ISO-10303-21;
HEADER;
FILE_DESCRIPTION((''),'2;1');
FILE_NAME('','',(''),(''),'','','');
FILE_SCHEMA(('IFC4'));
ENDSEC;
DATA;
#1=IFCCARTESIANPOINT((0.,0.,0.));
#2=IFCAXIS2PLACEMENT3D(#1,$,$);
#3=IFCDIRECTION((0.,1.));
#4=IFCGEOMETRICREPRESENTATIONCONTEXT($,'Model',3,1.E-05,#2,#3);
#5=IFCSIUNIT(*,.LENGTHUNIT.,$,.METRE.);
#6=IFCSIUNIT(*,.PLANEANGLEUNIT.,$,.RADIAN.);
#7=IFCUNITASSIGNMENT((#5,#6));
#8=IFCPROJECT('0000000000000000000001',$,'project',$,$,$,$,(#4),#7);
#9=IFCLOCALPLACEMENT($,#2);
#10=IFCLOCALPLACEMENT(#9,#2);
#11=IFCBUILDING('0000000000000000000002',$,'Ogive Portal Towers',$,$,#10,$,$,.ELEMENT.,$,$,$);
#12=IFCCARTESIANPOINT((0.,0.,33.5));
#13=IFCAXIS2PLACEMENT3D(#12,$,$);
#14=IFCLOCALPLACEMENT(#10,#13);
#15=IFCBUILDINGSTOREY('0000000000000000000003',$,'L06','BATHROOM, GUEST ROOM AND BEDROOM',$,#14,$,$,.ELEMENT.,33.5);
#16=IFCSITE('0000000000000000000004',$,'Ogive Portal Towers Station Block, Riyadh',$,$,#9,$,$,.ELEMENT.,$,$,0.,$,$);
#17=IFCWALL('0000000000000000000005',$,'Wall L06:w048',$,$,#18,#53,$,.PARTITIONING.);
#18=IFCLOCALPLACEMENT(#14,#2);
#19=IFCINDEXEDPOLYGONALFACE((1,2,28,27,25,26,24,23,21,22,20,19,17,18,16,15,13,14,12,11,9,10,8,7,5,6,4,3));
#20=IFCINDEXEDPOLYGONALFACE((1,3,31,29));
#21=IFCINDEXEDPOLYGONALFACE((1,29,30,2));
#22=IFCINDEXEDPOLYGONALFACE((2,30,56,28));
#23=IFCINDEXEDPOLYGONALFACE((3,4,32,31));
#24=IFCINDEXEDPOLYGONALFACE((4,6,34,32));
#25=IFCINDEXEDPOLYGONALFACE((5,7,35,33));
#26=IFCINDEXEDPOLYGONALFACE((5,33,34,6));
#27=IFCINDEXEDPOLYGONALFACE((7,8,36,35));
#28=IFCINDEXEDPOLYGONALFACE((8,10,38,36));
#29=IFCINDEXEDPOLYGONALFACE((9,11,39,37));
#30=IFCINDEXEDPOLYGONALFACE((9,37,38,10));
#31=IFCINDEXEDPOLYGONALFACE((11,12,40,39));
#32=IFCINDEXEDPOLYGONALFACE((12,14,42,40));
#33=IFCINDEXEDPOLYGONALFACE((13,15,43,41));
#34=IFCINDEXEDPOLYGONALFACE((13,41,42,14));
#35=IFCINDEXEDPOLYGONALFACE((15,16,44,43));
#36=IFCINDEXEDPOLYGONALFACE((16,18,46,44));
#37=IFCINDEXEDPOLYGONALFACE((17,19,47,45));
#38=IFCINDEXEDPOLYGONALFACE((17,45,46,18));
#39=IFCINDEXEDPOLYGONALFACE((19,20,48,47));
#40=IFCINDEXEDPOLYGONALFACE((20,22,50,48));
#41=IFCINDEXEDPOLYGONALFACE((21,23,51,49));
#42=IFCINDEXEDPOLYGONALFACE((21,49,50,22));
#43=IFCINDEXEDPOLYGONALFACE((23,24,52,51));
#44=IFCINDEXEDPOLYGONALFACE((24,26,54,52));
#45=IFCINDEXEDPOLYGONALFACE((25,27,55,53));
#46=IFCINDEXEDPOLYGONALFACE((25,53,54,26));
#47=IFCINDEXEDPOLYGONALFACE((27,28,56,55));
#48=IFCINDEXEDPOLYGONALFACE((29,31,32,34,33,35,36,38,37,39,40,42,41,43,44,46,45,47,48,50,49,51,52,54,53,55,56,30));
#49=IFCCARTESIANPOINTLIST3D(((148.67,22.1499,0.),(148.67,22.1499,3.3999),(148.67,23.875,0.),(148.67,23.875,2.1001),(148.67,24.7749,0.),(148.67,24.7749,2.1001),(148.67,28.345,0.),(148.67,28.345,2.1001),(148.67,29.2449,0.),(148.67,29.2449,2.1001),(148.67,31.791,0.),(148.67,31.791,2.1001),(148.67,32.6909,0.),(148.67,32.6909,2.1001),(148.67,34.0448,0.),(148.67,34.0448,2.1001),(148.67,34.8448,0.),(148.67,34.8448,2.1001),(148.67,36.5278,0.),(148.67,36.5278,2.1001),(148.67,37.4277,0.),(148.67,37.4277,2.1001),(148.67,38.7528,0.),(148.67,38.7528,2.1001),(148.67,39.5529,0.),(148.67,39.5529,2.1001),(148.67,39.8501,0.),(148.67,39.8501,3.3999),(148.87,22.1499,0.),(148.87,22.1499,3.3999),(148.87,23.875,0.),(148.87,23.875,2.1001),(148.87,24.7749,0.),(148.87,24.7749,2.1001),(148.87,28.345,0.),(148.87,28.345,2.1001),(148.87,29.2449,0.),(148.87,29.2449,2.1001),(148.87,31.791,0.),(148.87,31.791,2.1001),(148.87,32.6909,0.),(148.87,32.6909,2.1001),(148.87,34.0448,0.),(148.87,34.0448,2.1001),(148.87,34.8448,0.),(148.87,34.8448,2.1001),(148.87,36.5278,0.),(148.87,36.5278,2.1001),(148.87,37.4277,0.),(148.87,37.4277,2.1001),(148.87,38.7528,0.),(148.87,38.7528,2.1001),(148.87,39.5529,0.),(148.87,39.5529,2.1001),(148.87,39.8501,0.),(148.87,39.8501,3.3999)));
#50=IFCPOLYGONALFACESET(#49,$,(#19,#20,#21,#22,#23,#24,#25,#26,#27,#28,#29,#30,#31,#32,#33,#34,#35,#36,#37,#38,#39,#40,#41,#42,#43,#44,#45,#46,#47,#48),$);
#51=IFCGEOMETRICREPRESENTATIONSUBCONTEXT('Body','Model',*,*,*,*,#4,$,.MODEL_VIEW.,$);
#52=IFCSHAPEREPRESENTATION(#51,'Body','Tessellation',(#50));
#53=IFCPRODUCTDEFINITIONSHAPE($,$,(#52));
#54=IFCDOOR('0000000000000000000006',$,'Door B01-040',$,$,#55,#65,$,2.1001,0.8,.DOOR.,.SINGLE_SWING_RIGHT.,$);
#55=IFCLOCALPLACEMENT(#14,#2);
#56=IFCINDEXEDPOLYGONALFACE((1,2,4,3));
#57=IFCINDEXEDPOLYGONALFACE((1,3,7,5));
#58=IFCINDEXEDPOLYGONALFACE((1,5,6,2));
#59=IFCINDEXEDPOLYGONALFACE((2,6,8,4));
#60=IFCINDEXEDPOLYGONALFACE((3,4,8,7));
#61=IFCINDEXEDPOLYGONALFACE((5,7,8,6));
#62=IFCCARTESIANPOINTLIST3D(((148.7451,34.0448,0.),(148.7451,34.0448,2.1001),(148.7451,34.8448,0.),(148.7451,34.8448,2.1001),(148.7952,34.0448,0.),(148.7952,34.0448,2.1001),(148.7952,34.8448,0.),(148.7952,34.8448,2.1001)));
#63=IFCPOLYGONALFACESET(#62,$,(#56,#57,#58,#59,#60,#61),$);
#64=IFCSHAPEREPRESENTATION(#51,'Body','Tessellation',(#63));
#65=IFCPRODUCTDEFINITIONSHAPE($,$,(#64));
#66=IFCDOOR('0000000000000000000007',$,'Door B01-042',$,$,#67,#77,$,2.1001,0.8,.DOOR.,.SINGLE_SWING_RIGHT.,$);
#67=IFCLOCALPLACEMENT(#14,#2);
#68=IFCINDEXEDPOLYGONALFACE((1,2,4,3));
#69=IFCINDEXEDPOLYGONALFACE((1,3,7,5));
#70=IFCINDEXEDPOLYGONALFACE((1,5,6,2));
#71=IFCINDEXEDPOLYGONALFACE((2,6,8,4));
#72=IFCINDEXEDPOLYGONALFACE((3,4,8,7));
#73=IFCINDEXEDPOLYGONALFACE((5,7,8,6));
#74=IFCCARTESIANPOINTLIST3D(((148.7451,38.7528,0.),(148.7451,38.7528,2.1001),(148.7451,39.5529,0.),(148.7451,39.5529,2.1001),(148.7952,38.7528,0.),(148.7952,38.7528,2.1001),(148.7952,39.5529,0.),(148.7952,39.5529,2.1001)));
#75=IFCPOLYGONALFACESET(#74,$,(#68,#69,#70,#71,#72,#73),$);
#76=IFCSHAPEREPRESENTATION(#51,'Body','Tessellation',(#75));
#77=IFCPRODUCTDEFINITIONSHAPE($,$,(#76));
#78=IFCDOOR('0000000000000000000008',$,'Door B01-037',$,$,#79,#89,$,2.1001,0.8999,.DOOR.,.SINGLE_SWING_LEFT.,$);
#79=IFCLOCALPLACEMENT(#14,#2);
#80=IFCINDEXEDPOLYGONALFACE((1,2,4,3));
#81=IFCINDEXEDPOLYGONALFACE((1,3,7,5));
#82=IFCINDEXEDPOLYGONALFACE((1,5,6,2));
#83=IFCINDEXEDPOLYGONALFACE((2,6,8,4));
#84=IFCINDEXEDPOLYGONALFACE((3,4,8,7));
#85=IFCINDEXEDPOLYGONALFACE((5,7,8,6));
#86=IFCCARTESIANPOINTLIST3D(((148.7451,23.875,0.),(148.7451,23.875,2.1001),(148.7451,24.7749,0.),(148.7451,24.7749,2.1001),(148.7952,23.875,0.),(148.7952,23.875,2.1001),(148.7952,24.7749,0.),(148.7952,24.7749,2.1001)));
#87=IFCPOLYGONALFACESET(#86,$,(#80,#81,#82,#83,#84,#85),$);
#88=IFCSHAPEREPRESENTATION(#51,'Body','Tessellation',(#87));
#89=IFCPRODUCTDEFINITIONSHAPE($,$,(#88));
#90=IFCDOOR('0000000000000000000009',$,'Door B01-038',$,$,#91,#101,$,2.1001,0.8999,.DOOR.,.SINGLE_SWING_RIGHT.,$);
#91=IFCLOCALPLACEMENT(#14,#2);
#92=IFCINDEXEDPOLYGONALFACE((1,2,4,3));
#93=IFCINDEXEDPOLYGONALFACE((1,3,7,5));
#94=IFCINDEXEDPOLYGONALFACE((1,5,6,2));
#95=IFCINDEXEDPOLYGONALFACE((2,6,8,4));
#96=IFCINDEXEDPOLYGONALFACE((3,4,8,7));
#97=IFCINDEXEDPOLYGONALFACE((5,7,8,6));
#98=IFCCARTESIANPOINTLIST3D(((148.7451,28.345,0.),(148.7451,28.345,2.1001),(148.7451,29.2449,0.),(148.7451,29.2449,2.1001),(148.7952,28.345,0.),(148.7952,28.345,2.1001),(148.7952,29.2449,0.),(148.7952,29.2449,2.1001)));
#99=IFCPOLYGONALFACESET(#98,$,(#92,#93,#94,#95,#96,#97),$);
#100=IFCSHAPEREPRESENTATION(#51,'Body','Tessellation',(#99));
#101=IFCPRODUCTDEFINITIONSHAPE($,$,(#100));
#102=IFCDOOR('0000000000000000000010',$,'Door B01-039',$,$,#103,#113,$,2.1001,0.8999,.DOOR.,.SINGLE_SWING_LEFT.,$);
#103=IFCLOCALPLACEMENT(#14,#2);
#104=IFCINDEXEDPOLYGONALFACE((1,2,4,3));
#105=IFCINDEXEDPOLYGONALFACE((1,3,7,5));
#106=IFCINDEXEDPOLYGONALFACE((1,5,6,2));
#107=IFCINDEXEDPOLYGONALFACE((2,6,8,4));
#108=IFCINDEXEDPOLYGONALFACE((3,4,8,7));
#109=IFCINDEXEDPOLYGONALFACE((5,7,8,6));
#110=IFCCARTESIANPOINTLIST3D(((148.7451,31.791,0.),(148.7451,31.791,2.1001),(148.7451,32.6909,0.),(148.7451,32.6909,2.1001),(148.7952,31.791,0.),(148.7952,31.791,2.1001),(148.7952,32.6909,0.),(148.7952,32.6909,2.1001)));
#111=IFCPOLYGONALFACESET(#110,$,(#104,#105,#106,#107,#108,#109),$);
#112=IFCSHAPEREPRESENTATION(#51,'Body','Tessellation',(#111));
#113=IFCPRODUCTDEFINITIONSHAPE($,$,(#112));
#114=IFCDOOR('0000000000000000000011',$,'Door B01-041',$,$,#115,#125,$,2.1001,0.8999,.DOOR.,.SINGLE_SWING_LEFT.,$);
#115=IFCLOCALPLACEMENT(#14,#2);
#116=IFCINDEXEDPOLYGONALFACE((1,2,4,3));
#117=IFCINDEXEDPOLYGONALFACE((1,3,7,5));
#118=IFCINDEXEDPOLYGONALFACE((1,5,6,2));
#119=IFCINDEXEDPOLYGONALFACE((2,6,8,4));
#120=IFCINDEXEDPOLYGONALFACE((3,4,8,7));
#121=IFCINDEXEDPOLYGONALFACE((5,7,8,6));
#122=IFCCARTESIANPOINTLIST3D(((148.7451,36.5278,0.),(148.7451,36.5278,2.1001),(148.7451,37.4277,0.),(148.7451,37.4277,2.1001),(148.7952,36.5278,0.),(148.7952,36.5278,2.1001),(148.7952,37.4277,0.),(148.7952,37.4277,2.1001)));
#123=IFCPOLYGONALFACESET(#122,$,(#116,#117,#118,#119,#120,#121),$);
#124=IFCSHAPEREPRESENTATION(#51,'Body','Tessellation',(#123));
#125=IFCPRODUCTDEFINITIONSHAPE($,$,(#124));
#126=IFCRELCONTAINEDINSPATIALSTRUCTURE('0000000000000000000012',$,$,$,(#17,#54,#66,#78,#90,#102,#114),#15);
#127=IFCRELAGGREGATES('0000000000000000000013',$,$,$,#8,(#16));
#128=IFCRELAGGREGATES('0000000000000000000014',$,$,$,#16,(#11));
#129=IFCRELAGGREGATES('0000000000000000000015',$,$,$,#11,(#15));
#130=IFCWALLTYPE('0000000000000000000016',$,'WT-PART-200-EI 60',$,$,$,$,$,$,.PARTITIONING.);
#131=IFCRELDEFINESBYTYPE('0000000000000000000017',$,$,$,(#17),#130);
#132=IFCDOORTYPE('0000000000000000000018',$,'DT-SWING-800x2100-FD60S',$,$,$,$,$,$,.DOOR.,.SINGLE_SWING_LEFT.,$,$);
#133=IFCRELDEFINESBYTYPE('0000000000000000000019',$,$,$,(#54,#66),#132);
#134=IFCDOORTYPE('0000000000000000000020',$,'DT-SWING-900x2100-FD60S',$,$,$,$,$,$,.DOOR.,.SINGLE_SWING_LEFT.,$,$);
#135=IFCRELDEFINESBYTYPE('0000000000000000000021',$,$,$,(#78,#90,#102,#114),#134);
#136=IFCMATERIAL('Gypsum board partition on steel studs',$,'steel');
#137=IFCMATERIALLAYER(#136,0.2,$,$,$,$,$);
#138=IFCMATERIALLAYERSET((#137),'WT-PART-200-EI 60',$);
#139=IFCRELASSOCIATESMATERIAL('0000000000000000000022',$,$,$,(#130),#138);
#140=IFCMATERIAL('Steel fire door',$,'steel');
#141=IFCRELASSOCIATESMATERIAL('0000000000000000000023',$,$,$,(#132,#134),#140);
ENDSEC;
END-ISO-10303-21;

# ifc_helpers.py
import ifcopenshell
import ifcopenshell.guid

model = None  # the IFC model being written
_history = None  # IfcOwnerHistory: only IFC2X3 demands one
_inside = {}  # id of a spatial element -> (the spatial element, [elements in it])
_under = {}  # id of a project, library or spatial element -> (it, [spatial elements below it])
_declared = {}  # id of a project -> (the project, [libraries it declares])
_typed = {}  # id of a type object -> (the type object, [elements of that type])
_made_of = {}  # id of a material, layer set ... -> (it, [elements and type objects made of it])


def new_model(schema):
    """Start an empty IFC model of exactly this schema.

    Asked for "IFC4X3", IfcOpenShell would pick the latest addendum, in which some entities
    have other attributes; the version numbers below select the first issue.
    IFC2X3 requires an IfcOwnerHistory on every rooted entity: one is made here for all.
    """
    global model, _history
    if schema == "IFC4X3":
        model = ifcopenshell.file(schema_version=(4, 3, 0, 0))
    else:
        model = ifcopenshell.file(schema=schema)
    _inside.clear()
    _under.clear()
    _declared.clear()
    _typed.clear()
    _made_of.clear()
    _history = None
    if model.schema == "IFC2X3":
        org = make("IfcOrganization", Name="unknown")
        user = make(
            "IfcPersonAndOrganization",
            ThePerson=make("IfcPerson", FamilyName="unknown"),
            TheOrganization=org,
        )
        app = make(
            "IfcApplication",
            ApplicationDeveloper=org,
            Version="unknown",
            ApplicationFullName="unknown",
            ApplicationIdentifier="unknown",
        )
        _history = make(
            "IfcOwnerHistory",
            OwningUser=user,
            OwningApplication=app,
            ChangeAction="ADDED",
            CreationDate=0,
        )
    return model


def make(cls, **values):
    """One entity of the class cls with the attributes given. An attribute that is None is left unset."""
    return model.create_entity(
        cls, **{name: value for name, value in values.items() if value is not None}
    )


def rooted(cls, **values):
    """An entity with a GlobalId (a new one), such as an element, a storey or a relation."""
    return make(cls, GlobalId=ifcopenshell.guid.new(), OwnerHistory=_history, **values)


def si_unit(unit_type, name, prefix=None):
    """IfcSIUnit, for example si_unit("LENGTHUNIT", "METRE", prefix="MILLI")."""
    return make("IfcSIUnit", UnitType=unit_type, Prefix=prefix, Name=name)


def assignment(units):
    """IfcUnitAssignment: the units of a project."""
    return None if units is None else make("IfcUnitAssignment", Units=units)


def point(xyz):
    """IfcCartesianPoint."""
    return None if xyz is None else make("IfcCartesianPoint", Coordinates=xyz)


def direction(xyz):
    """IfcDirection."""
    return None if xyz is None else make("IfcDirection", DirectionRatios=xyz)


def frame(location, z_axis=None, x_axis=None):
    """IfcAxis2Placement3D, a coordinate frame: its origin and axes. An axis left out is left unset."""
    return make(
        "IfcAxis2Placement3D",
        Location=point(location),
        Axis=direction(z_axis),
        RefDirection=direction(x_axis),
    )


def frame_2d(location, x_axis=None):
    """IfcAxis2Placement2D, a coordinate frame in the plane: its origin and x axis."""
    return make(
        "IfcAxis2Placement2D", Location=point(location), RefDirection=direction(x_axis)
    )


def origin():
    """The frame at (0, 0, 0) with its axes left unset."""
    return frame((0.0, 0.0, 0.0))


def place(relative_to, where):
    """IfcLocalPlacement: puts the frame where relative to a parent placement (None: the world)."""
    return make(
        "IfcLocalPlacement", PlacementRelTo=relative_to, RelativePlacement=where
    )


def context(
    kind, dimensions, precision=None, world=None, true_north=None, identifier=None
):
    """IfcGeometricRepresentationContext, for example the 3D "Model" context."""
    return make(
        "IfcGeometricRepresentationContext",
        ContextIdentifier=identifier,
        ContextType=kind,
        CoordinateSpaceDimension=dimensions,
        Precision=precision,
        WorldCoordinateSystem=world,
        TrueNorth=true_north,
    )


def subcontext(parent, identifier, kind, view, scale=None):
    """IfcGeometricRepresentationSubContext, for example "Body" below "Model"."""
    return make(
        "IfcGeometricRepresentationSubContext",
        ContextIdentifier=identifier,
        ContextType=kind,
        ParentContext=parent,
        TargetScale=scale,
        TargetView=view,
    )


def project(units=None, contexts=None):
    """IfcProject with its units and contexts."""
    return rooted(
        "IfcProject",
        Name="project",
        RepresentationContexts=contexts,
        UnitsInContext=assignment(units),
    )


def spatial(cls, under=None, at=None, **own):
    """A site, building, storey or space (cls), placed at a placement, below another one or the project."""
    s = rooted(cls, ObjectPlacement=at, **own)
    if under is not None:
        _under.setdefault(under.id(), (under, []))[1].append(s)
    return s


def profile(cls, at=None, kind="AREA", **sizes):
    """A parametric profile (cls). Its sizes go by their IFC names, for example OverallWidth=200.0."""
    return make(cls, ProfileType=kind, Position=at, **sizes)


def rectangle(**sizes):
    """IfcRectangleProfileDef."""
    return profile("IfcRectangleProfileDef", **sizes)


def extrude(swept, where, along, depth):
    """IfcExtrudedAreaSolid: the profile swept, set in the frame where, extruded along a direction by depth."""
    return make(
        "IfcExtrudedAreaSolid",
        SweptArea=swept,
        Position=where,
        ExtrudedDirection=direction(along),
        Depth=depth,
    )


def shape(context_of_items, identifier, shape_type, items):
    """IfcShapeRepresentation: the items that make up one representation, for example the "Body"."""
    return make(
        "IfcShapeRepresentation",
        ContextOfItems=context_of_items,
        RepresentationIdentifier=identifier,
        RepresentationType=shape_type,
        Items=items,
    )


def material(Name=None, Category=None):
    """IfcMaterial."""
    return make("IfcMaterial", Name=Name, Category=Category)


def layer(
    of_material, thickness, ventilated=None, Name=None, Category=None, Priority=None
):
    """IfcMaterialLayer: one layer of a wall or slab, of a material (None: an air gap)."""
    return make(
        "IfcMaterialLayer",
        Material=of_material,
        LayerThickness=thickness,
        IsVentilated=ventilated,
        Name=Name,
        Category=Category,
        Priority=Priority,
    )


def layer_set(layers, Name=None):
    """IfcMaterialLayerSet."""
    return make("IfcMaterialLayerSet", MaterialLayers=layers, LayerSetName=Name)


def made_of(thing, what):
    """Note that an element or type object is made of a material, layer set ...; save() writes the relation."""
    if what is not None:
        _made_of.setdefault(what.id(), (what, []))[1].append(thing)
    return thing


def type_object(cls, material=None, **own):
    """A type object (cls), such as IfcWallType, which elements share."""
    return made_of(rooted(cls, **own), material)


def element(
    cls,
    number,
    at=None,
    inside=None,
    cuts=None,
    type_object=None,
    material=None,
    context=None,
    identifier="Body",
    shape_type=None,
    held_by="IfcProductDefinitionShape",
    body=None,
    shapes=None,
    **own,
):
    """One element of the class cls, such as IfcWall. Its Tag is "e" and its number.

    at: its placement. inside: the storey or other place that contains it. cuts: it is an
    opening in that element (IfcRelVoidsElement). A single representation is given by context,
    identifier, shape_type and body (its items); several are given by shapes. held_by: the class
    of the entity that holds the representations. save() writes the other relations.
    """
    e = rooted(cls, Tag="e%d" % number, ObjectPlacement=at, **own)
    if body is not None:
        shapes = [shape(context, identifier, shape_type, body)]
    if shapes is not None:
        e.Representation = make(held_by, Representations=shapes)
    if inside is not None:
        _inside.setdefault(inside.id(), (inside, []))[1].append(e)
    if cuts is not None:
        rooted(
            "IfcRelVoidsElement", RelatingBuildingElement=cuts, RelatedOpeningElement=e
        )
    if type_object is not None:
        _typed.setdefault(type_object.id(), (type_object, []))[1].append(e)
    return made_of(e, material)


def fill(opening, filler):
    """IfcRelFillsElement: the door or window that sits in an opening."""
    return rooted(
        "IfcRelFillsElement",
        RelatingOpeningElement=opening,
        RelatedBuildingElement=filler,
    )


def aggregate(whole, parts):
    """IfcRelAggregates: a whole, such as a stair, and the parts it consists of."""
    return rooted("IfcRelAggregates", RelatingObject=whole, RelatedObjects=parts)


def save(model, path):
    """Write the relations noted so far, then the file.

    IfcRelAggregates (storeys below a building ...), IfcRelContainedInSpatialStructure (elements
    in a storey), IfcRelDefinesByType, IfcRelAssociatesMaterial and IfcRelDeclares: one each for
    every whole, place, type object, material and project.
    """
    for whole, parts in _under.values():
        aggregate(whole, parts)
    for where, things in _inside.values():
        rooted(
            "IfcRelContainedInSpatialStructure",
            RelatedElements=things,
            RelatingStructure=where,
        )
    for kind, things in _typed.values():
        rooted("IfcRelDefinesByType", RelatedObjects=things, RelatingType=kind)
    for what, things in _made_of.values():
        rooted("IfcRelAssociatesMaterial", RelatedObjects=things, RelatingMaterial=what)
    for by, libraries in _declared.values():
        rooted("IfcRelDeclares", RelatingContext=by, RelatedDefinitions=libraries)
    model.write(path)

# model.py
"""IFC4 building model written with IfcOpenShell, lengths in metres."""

from ifc_helpers import new_model, si_unit, direction, frame, frame_2d, origin, place, context, subcontext, project, spatial, rectangle, extrude, material, layer, layer_set, type_object, element, fill, save


model = new_model("IFC4")

# Units and contexts
model_context = context("Model", 3, precision=1e-05, world=origin(), true_north=direction((0.0, 1.0)))
body_context = subcontext(model_context, "Body", "Model", "MODEL_VIEW")
ifc_project = project(units=[si_unit("LENGTHUNIT", "METRE"), si_unit("PLANEANGLEUNIT", "RADIAN")], contexts=[model_context])

# Site, building, storey
site_placement = place(None, origin())
site = spatial("IfcSite", under=ifc_project, at=site_placement, Name="Ogive Portal Towers Station Block, Riyadh", CompositionType="ELEMENT", RefElevation=0.0)
building_placement = place(site_placement, origin())
building = spatial("IfcBuilding", under=site, at=building_placement, Name="Ogive Portal Towers", CompositionType="ELEMENT")
storey_placement = place(building_placement, frame((0.0, 0.0, 33.5)))
storey = spatial("IfcBuildingStorey", under=building, at=storey_placement, Name="L06", Description="BATHROOM, GUEST ROOM AND BEDROOM", CompositionType="ELEMENT", Elevation=33.5)

# Shared definitions
ifc_material_1 = material(Name="Gypsum board partition on steel studs", Category="steel")
ifc_layer_1 = layer(ifc_material_1, 0.2)
ifc_layer_set_1 = layer_set([ifc_layer_1], Name="WT-PART-200-EI 60")
wall_type_1 = type_object("IfcWallType", Name="WT-PART-200-EI 60", PredefinedType="PARTITIONING", material=ifc_layer_set_1)

# Shared definitions
ifc_material_2 = material(Name="Steel fire door", Category="steel")

# Wall, openings, doors
wall_1_placement = place(storey_placement, frame((148.77, 22.1499, 0.0), z_axis=(0.0, 0.0, 1.0), x_axis=(0.0, 1.0, 0.0)))
wall_1 = element("IfcWall", 1, at=wall_1_placement, inside=storey, type_object=wall_type_1, Name="Wall L06:w048", PredefinedType="PARTITIONING", context=body_context, shape_type="SweptSolid", body=[
    extrude(rectangle(XDim=17.7002, YDim=0.2, at=frame_2d((8.8501, 0.0))), origin(), (0.0, 0.0, 1.0), 3.3999),
])
opening_1_placement = place(wall_1_placement, frame((1.7251, 0.0, 0.0)))
opening_1 = element("IfcOpeningElement", 2, at=opening_1_placement, cuts=wall_1, PredefinedType="OPENING", context=body_context, shape_type="SweptSolid", body=[
    extrude(rectangle(XDim=0.8999, YDim=2.1001, at=frame_2d((0.45, 1.05))), frame((0.0, 0.1099, 0.0), z_axis=(0.0, -1.0, 0.0), x_axis=(1.0, 0.0, 0.0)), (0.0, 0.0, 1.0), 0.22),
])
opening_2_placement = place(wall_1_placement, frame((6.1951, 0.0, 0.0)))
opening_2 = element("IfcOpeningElement", 3, at=opening_2_placement, cuts=wall_1, PredefinedType="OPENING", context=body_context, shape_type="SweptSolid", body=[
    extrude(rectangle(XDim=0.8999, YDim=2.1001, at=frame_2d((0.45, 1.05))), frame((0.0, 0.1099, 0.0), z_axis=(0.0, -1.0, 0.0), x_axis=(1.0, 0.0, 0.0)), (0.0, 0.0, 1.0), 0.22),
])
opening_3_placement = place(wall_1_placement, frame((9.6411, 0.0, 0.0)))
opening_3 = element("IfcOpeningElement", 4, at=opening_3_placement, cuts=wall_1, PredefinedType="OPENING", context=body_context, shape_type="SweptSolid", body=[
    extrude(rectangle(XDim=0.8999, YDim=2.1001, at=frame_2d((0.45, 1.05))), frame((0.0, 0.1099, 0.0), z_axis=(0.0, -1.0, 0.0), x_axis=(1.0, 0.0, 0.0)), (0.0, 0.0, 1.0), 0.22),
])
opening_4_placement = place(wall_1_placement, frame((11.895, 0.0, 0.0)))
opening_4 = element("IfcOpeningElement", 5, at=opening_4_placement, cuts=wall_1, PredefinedType="OPENING", context=body_context, shape_type="SweptSolid", body=[
    extrude(rectangle(XDim=0.8, YDim=2.1001, at=frame_2d((0.3999, 1.05))), frame((0.0, 0.1099, 0.0), z_axis=(0.0, -1.0, 0.0), x_axis=(1.0, 0.0, 0.0)), (0.0, 0.0, 1.0), 0.22),
])
opening_5_placement = place(wall_1_placement, frame((14.3779, 0.0, 0.0)))
opening_5 = element("IfcOpeningElement", 6, at=opening_5_placement, cuts=wall_1, PredefinedType="OPENING", context=body_context, shape_type="SweptSolid", body=[
    extrude(rectangle(XDim=0.8999, YDim=2.1001, at=frame_2d((0.45, 1.05))), frame((0.0, 0.1099, 0.0), z_axis=(0.0, -1.0, 0.0), x_axis=(1.0, 0.0, 0.0)), (0.0, 0.0, 1.0), 0.22),
])
opening_6_placement = place(wall_1_placement, frame((16.603, 0.0, 0.0)))
opening_6 = element("IfcOpeningElement", 7, at=opening_6_placement, cuts=wall_1, PredefinedType="OPENING", context=body_context, shape_type="SweptSolid", body=[
    extrude(rectangle(XDim=0.8, YDim=2.1001, at=frame_2d((0.3999, 1.05))), frame((0.0, 0.1099, 0.0), z_axis=(0.0, -1.0, 0.0), x_axis=(1.0, 0.0, 0.0)), (0.0, 0.0, 1.0), 0.22),
])
door_type_1 = type_object("IfcDoorType", Name="DT-SWING-800x2100-FD60S", OperationType="SINGLE_SWING_LEFT", PredefinedType="DOOR", material=ifc_material_2)
door_1_placement = place(opening_4_placement, origin())
door_1 = element("IfcDoor", 8, at=door_1_placement, inside=storey, type_object=door_type_1, Name="Door B01-040", OperationType="SINGLE_SWING_RIGHT", OverallHeight=2.1001, OverallWidth=0.8, PredefinedType="DOOR", context=body_context, shape_type="SweptSolid", body=[
    extrude(rectangle(XDim=0.8, YDim=2.1001, at=frame_2d((0.3999, 1.05))), frame((0.0, 0.0249, 0.0), z_axis=(0.0, -1.0, 0.0), x_axis=(1.0, 0.0, 0.0)), (0.0, 0.0, 1.0), 0.05),
])
fill(opening_4, door_1)
door_2_placement = place(opening_6_placement, origin())
door_2 = element("IfcDoor", 9, at=door_2_placement, inside=storey, type_object=door_type_1, Name="Door B01-042", OperationType="SINGLE_SWING_RIGHT", OverallHeight=2.1001, OverallWidth=0.8, PredefinedType="DOOR", context=body_context, shape_type="SweptSolid", body=[
    extrude(rectangle(XDim=0.8, YDim=2.1001, at=frame_2d((0.3999, 1.05))), frame((0.0, 0.0249, 0.0), z_axis=(0.0, -1.0, 0.0), x_axis=(1.0, 0.0, 0.0)), (0.0, 0.0, 1.0), 0.05),
])
fill(opening_6, door_2)
door_type_2 = type_object("IfcDoorType", Name="DT-SWING-900x2100-FD60S", OperationType="SINGLE_SWING_LEFT", PredefinedType="DOOR", material=ifc_material_2)
door_3_placement = place(opening_1_placement, origin())
door_3 = element("IfcDoor", 10, at=door_3_placement, inside=storey, type_object=door_type_2, Name="Door B01-037", OperationType="SINGLE_SWING_LEFT", OverallHeight=2.1001, OverallWidth=0.8999, PredefinedType="DOOR", context=body_context, shape_type="SweptSolid", body=[
    extrude(rectangle(XDim=0.8999, YDim=2.1001, at=frame_2d((0.45, 1.05))), frame((0.0, 0.0249, 0.0), z_axis=(0.0, -1.0, 0.0), x_axis=(1.0, 0.0, 0.0)), (0.0, 0.0, 1.0), 0.05),
])
fill(opening_1, door_3)
door_4_placement = place(opening_2_placement, origin())
door_4 = element("IfcDoor", 11, at=door_4_placement, inside=storey, type_object=door_type_2, Name="Door B01-038", OperationType="SINGLE_SWING_RIGHT", OverallHeight=2.1001, OverallWidth=0.8999, PredefinedType="DOOR", context=body_context, shape_type="SweptSolid", body=[
    extrude(rectangle(XDim=0.8999, YDim=2.1001, at=frame_2d((0.45, 1.05))), frame((0.0, 0.0249, 0.0), z_axis=(0.0, -1.0, 0.0), x_axis=(1.0, 0.0, 0.0)), (0.0, 0.0, 1.0), 0.05),
])
fill(opening_2, door_4)
door_5_placement = place(opening_3_placement, origin())
door_5 = element("IfcDoor", 12, at=door_5_placement, inside=storey, type_object=door_type_2, Name="Door B01-039", OperationType="SINGLE_SWING_LEFT", OverallHeight=2.1001, OverallWidth=0.8999, PredefinedType="DOOR", context=body_context, shape_type="SweptSolid", body=[
    extrude(rectangle(XDim=0.8999, YDim=2.1001, at=frame_2d((0.45, 1.05))), frame((0.0, 0.0249, 0.0), z_axis=(0.0, -1.0, 0.0), x_axis=(1.0, 0.0, 0.0)), (0.0, 0.0, 1.0), 0.05),
])
fill(opening_3, door_5)
door_6_placement = place(opening_5_placement, origin())
door_6 = element("IfcDoor", 13, at=door_6_placement, inside=storey, type_object=door_type_2, Name="Door B01-041", OperationType="SINGLE_SWING_LEFT", OverallHeight=2.1001, OverallWidth=0.8999, PredefinedType="DOOR", context=body_context, shape_type="SweptSolid", body=[
    extrude(rectangle(XDim=0.8999, YDim=2.1001, at=frame_2d((0.45, 1.05))), frame((0.0, 0.0249, 0.0), z_axis=(0.0, -1.0, 0.0), x_axis=(1.0, 0.0, 0.0)), (0.0, 0.0, 1.0), 0.05),
])
fill(opening_5, door_6)

save(model, "model.ifc")
